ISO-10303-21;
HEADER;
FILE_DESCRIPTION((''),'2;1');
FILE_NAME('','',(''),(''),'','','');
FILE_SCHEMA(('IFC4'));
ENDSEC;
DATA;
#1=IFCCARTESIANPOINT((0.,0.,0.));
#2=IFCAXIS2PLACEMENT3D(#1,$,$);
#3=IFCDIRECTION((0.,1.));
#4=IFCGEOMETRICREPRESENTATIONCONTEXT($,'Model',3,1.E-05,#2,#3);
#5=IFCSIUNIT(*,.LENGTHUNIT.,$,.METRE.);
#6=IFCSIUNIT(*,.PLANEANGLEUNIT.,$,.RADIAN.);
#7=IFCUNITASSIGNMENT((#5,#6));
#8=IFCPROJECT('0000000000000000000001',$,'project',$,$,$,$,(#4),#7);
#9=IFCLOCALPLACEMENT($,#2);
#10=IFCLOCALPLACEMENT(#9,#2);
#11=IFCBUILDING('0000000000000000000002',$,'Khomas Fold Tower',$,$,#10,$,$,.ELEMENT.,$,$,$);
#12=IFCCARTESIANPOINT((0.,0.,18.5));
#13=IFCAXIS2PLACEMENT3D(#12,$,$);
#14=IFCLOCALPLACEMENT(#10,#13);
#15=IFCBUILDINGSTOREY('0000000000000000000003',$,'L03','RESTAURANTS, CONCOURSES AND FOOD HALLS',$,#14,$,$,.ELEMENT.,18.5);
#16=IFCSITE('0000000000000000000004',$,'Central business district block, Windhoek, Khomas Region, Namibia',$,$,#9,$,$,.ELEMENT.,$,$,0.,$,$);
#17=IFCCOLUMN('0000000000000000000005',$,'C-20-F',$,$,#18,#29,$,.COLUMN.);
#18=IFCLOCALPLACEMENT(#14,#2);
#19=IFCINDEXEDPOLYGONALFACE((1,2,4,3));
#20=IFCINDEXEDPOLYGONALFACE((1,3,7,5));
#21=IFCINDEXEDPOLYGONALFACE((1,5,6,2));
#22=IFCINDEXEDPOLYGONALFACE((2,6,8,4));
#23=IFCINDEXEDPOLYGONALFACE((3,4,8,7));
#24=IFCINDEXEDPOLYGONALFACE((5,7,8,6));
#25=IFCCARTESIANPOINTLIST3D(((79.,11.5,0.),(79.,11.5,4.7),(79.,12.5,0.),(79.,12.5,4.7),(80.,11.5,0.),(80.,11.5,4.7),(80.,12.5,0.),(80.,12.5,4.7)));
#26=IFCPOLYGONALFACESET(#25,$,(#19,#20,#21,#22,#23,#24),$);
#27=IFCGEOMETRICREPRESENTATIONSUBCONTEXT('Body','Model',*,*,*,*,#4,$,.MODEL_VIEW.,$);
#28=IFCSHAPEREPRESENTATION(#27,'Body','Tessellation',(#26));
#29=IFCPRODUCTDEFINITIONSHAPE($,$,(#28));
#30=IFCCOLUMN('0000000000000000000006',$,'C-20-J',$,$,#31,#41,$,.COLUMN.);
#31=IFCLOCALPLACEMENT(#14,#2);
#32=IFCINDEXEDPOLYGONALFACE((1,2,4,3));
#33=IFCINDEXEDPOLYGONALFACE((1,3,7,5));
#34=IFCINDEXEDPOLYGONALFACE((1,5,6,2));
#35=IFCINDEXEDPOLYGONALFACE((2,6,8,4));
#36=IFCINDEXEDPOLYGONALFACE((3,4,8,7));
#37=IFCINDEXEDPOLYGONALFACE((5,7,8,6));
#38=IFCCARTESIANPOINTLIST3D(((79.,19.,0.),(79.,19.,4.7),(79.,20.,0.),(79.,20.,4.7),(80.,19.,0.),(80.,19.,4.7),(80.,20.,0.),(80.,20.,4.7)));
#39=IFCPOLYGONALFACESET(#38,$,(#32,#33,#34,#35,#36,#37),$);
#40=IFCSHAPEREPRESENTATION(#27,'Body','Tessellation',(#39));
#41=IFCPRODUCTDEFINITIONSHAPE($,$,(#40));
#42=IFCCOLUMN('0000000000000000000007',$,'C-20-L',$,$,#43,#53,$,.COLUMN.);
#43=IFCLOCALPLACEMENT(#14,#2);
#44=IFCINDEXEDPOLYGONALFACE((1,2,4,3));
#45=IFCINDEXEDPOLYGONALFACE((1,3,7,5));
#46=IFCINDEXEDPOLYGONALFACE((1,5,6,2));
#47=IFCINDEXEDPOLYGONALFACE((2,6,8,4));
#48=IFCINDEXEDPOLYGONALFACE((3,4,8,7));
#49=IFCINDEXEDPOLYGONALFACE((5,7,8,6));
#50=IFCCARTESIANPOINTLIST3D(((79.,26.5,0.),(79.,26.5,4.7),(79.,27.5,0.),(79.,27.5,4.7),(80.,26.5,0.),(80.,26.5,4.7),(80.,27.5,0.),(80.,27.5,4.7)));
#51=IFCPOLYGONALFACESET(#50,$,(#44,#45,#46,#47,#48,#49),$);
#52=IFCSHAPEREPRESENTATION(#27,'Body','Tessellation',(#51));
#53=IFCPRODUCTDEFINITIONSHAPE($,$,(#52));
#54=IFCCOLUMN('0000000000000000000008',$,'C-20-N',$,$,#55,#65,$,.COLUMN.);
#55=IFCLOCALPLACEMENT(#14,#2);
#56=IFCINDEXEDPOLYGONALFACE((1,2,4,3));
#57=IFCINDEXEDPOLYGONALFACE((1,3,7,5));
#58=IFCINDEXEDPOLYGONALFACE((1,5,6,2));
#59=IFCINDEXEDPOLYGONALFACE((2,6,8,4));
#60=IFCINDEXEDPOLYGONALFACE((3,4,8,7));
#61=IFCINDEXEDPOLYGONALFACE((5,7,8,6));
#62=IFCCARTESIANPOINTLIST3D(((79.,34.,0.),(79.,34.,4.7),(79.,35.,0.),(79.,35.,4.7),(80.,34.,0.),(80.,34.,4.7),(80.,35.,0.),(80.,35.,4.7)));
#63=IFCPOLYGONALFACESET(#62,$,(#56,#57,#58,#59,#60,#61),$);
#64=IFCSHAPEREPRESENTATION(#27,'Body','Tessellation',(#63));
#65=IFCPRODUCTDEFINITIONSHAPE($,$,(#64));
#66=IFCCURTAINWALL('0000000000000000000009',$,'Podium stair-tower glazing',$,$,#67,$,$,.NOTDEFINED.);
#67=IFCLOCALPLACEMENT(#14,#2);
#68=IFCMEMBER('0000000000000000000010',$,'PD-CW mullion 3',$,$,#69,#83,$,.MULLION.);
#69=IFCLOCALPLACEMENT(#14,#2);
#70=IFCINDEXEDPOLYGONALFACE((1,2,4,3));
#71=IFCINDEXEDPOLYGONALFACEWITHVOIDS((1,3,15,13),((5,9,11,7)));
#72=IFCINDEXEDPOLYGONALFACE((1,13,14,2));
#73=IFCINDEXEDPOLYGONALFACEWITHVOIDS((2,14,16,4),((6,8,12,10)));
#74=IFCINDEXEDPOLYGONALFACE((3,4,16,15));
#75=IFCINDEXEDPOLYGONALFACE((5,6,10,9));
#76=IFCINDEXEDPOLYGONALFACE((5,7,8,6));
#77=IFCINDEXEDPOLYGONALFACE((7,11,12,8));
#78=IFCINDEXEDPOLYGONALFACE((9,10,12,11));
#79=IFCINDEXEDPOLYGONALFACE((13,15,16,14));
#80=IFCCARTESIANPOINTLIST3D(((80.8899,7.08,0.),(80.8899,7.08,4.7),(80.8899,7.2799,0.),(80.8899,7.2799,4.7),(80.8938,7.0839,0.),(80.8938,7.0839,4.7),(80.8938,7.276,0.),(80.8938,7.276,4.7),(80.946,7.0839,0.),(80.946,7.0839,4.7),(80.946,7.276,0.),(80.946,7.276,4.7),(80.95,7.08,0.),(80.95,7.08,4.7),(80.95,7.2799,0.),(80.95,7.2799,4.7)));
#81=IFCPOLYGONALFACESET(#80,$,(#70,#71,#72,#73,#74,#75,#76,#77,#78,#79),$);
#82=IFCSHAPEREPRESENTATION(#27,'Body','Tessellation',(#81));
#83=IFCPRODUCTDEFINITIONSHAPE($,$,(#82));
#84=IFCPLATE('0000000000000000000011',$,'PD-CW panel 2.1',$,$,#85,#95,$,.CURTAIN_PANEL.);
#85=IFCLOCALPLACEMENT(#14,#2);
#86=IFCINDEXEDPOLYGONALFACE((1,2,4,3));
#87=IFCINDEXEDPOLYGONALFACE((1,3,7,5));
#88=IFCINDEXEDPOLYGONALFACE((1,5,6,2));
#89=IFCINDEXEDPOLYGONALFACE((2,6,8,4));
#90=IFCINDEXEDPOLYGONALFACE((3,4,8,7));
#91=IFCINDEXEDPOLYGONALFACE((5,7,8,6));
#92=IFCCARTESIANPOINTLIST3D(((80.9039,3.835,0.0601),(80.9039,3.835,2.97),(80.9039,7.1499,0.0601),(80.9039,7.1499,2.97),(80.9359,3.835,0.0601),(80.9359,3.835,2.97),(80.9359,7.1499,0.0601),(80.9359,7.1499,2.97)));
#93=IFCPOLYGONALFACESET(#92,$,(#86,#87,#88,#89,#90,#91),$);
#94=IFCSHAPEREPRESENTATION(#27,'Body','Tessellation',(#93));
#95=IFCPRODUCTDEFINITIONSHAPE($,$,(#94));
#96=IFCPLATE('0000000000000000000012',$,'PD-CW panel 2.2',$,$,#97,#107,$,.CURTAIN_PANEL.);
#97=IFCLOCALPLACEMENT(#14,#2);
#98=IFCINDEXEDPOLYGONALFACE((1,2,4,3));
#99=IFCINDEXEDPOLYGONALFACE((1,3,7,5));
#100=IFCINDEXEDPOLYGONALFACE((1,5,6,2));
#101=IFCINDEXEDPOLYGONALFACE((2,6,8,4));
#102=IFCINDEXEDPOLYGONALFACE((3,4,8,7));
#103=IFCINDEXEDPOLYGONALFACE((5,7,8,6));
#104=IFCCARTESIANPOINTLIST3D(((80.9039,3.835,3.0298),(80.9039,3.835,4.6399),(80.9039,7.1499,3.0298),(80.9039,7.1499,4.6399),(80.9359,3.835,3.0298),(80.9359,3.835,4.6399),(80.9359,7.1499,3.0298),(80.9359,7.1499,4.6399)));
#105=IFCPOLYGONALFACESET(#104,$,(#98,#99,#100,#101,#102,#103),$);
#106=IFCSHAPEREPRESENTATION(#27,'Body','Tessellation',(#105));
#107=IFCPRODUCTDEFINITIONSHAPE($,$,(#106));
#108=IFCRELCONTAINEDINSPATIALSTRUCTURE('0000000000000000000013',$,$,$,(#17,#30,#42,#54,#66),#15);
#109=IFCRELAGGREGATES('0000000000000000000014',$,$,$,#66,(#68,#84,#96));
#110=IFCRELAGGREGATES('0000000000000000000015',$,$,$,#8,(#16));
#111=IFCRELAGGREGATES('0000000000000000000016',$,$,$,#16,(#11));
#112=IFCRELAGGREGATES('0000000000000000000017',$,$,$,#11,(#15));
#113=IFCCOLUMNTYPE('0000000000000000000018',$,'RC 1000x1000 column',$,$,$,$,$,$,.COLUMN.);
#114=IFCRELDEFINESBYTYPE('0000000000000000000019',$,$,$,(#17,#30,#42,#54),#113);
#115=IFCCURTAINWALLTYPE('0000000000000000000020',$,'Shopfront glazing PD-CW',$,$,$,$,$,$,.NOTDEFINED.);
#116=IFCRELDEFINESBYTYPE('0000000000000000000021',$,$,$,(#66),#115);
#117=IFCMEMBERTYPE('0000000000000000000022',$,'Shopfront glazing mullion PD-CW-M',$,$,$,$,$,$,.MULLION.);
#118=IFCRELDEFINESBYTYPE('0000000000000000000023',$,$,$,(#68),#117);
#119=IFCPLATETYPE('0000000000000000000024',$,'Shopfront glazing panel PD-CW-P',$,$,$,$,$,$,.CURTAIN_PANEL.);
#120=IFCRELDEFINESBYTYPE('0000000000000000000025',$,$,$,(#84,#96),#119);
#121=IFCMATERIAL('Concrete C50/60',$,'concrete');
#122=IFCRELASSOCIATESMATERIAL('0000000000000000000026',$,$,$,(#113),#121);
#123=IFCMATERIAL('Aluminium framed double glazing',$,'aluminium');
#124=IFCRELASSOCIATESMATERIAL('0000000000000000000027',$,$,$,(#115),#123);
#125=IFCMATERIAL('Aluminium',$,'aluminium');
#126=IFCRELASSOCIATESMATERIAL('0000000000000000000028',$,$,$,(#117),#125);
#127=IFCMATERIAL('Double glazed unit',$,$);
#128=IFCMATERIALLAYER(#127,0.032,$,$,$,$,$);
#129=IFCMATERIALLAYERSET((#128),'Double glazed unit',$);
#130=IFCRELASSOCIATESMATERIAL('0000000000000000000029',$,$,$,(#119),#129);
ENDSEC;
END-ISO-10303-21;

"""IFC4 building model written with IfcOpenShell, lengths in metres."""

from ifc_helpers import new_model, si_unit, direction, frame, origin, origin_2d, place, context, subcontext, project, spatial, rectangle, hollow_rectangle, extrude, source, transform, mapped, material, layer, layer_set, material_profile, profile_set, type_object, element, aggregate, save


model = new_model("IFC4")

# Units and contexts
model_context = context("Model", 3, precision=1e-05, world=origin(), true_north=direction((0.0, 1.0)))
body_context = subcontext(model_context, "Body", "Model", "MODEL_VIEW")
ifc_project = project(units=[si_unit("LENGTHUNIT", "METRE"), si_unit("PLANEANGLEUNIT", "RADIAN")], contexts=[model_context])

# Site, building, storey
site_placement = place(None, origin())
site = spatial("IfcSite", under=ifc_project, at=site_placement, Name="Central business district block, Windhoek, Khomas Region, Namibia", CompositionType="ELEMENT", RefElevation=0.0)
building_placement = place(site_placement, origin())
building = spatial("IfcBuilding", under=site, at=building_placement, Name="Khomas Fold Tower", CompositionType="ELEMENT")
storey_placement = place(building_placement, frame((0.0, 0.0, 18.5)))
storey = spatial("IfcBuildingStorey", under=building, at=storey_placement, Name="L03", Description="RESTAURANTS, CONCOURSES AND FOOD HALLS", CompositionType="ELEMENT", Elevation=18.5)

# Columns
ifc_material_1 = material(Name="Concrete C50/60", Category="concrete")
ifc_material_profile_1 = material_profile(ifc_material_1, rectangle(XDim=1.0, YDim=1.0, at=origin_2d()), Name="RC 1000x1000")
ifc_profile_set_1 = profile_set([ifc_material_profile_1], Name="Concrete C50/60")
column_type = type_object("IfcColumnType", Name="RC 1000x1000 column", PredefinedType="COLUMN", material=ifc_profile_set_1)
shared_shape_1 = source(origin(), body_context, "Body", "SweptSolid", [
    extrude(rectangle(XDim=1.0, YDim=1.0, at=origin_2d()), origin(), (0.0, 0.0, 1.0), 4.7),
])
for number, where, z_axis, x_axis, name in (
    (1, (79.5, 12.0, 0.0), (0.0, 0.0, 1.0), (1.0, 0.0, 0.0), "C-20-F"),
    (2, (79.5, 19.5, 0.0), (0.0, 0.0, 1.0), (1.0, 0.0, 0.0), "C-20-J"),
    (3, (79.5, 27.0, 0.0), (0.0, 0.0, 1.0), (1.0, 0.0, 0.0), "C-20-L"),
    (4, (79.5, 34.5, 0.0), (0.0, 0.0, 1.0), (1.0, 0.0, 0.0), "C-20-N"),
):
    element("IfcColumn", number, at=place(storey_placement, frame(where, z_axis=z_axis, x_axis=x_axis)), inside=storey, type_object=column_type, Name=name, PredefinedType="COLUMN", context=body_context, shape_type="MappedRepresentation", body=[
        mapped(shared_shape_1, transform((0.0, 0.0, 0.0))),
    ])

# Curtain wall, member, plates
ifc_material_2 = material(Name="Aluminium framed double glazing", Category="aluminium")
curtain_wall_type = type_object("IfcCurtainWallType", Name="Shopfront glazing PD-CW", PredefinedType="NOTDEFINED", material=ifc_material_2)
curtain_wall_placement = place(storey_placement, origin())
curtain_wall = element("IfcCurtainWall", 5, at=curtain_wall_placement, inside=storey, type_object=curtain_wall_type, Name="Podium stair-tower glazing", PredefinedType="NOTDEFINED")
ifc_material_3 = material(Name="Aluminium", Category="aluminium")
ifc_material_profile_2 = material_profile(ifc_material_3, hollow_rectangle(XDim=0.0601, YDim=0.2, WallThickness=0.0039, at=origin_2d()), Name="Shopfront glazing mullion PD-CW-M")
ifc_profile_set_2 = profile_set([ifc_material_profile_2], Name="Aluminium")
member_type = type_object("IfcMemberType", Name="Shopfront glazing mullion PD-CW-M", PredefinedType="MULLION", material=ifc_profile_set_2)
shared_shape_2 = source(origin(), body_context, "Body", "SweptSolid", [
    extrude(hollow_rectangle(XDim=0.0601, YDim=0.2, WallThickness=0.0039, at=origin_2d()), origin(), (0.0, 0.0, 1.0), 4.7),
])
member_placement = place(storey_placement, frame((80.9199, 7.1799, 0.0), z_axis=(0.0, 0.0, 1.0), x_axis=(-1.0, 0.0, 0.0)))
member = element("IfcMember", 6, at=member_placement, type_object=member_type, Name="PD-CW mullion 3", PredefinedType="MULLION", context=body_context, shape_type="MappedRepresentation", body=[
    mapped(shared_shape_2, transform((0.0, 0.0, 0.0))),
])
ifc_material_4 = material(Name="Double glazed unit")
ifc_layer_1 = layer(ifc_material_4, 0.032)
ifc_layer_set_1 = layer_set([ifc_layer_1], Name="Double glazed unit")
plate_type = type_object("IfcPlateType", Name="Shopfront glazing panel PD-CW-P", PredefinedType="CURTAIN_PANEL", material=ifc_layer_set_1)
shared_shape_3 = source(origin(), body_context, "Body", "SweptSolid", [
    extrude(rectangle(XDim=3.3149, YDim=0.032, at=origin_2d()), origin(), (0.0, 0.0, 1.0), 2.9099),
])
plate_1_placement = place(storey_placement, frame((80.9199, 5.4924, 0.0601), z_axis=(0.0, 0.0, 1.0), x_axis=(0.0, 1.0, 0.0)))
plate_1 = element("IfcPlate", 7, at=plate_1_placement, type_object=plate_type, Name="PD-CW panel 2.1", PredefinedType="CURTAIN_PANEL", context=body_context, shape_type="MappedRepresentation", body=[
    mapped(shared_shape_3, transform((0.0, 0.0, 0.0))),
])
shared_shape_4 = source(origin(), body_context, "Body", "SweptSolid", [
    extrude(rectangle(XDim=3.3149, YDim=0.032, at=origin_2d()), origin(), (0.0, 0.0, 1.0), 1.6101),
])
plate_2_placement = place(storey_placement, frame((80.9199, 5.4924, 3.0298), z_axis=(0.0, 0.0, 1.0), x_axis=(0.0, 1.0, 0.0)))
plate_2 = element("IfcPlate", 8, at=plate_2_placement, type_object=plate_type, Name="PD-CW panel 2.2", PredefinedType="CURTAIN_PANEL", context=body_context, shape_type="MappedRepresentation", body=[
    mapped(shared_shape_4, transform((0.0, 0.0, 0.0))),
])
aggregate(curtain_wall, [member, plate_1, plate_2])

save(model, "model.ifc")
